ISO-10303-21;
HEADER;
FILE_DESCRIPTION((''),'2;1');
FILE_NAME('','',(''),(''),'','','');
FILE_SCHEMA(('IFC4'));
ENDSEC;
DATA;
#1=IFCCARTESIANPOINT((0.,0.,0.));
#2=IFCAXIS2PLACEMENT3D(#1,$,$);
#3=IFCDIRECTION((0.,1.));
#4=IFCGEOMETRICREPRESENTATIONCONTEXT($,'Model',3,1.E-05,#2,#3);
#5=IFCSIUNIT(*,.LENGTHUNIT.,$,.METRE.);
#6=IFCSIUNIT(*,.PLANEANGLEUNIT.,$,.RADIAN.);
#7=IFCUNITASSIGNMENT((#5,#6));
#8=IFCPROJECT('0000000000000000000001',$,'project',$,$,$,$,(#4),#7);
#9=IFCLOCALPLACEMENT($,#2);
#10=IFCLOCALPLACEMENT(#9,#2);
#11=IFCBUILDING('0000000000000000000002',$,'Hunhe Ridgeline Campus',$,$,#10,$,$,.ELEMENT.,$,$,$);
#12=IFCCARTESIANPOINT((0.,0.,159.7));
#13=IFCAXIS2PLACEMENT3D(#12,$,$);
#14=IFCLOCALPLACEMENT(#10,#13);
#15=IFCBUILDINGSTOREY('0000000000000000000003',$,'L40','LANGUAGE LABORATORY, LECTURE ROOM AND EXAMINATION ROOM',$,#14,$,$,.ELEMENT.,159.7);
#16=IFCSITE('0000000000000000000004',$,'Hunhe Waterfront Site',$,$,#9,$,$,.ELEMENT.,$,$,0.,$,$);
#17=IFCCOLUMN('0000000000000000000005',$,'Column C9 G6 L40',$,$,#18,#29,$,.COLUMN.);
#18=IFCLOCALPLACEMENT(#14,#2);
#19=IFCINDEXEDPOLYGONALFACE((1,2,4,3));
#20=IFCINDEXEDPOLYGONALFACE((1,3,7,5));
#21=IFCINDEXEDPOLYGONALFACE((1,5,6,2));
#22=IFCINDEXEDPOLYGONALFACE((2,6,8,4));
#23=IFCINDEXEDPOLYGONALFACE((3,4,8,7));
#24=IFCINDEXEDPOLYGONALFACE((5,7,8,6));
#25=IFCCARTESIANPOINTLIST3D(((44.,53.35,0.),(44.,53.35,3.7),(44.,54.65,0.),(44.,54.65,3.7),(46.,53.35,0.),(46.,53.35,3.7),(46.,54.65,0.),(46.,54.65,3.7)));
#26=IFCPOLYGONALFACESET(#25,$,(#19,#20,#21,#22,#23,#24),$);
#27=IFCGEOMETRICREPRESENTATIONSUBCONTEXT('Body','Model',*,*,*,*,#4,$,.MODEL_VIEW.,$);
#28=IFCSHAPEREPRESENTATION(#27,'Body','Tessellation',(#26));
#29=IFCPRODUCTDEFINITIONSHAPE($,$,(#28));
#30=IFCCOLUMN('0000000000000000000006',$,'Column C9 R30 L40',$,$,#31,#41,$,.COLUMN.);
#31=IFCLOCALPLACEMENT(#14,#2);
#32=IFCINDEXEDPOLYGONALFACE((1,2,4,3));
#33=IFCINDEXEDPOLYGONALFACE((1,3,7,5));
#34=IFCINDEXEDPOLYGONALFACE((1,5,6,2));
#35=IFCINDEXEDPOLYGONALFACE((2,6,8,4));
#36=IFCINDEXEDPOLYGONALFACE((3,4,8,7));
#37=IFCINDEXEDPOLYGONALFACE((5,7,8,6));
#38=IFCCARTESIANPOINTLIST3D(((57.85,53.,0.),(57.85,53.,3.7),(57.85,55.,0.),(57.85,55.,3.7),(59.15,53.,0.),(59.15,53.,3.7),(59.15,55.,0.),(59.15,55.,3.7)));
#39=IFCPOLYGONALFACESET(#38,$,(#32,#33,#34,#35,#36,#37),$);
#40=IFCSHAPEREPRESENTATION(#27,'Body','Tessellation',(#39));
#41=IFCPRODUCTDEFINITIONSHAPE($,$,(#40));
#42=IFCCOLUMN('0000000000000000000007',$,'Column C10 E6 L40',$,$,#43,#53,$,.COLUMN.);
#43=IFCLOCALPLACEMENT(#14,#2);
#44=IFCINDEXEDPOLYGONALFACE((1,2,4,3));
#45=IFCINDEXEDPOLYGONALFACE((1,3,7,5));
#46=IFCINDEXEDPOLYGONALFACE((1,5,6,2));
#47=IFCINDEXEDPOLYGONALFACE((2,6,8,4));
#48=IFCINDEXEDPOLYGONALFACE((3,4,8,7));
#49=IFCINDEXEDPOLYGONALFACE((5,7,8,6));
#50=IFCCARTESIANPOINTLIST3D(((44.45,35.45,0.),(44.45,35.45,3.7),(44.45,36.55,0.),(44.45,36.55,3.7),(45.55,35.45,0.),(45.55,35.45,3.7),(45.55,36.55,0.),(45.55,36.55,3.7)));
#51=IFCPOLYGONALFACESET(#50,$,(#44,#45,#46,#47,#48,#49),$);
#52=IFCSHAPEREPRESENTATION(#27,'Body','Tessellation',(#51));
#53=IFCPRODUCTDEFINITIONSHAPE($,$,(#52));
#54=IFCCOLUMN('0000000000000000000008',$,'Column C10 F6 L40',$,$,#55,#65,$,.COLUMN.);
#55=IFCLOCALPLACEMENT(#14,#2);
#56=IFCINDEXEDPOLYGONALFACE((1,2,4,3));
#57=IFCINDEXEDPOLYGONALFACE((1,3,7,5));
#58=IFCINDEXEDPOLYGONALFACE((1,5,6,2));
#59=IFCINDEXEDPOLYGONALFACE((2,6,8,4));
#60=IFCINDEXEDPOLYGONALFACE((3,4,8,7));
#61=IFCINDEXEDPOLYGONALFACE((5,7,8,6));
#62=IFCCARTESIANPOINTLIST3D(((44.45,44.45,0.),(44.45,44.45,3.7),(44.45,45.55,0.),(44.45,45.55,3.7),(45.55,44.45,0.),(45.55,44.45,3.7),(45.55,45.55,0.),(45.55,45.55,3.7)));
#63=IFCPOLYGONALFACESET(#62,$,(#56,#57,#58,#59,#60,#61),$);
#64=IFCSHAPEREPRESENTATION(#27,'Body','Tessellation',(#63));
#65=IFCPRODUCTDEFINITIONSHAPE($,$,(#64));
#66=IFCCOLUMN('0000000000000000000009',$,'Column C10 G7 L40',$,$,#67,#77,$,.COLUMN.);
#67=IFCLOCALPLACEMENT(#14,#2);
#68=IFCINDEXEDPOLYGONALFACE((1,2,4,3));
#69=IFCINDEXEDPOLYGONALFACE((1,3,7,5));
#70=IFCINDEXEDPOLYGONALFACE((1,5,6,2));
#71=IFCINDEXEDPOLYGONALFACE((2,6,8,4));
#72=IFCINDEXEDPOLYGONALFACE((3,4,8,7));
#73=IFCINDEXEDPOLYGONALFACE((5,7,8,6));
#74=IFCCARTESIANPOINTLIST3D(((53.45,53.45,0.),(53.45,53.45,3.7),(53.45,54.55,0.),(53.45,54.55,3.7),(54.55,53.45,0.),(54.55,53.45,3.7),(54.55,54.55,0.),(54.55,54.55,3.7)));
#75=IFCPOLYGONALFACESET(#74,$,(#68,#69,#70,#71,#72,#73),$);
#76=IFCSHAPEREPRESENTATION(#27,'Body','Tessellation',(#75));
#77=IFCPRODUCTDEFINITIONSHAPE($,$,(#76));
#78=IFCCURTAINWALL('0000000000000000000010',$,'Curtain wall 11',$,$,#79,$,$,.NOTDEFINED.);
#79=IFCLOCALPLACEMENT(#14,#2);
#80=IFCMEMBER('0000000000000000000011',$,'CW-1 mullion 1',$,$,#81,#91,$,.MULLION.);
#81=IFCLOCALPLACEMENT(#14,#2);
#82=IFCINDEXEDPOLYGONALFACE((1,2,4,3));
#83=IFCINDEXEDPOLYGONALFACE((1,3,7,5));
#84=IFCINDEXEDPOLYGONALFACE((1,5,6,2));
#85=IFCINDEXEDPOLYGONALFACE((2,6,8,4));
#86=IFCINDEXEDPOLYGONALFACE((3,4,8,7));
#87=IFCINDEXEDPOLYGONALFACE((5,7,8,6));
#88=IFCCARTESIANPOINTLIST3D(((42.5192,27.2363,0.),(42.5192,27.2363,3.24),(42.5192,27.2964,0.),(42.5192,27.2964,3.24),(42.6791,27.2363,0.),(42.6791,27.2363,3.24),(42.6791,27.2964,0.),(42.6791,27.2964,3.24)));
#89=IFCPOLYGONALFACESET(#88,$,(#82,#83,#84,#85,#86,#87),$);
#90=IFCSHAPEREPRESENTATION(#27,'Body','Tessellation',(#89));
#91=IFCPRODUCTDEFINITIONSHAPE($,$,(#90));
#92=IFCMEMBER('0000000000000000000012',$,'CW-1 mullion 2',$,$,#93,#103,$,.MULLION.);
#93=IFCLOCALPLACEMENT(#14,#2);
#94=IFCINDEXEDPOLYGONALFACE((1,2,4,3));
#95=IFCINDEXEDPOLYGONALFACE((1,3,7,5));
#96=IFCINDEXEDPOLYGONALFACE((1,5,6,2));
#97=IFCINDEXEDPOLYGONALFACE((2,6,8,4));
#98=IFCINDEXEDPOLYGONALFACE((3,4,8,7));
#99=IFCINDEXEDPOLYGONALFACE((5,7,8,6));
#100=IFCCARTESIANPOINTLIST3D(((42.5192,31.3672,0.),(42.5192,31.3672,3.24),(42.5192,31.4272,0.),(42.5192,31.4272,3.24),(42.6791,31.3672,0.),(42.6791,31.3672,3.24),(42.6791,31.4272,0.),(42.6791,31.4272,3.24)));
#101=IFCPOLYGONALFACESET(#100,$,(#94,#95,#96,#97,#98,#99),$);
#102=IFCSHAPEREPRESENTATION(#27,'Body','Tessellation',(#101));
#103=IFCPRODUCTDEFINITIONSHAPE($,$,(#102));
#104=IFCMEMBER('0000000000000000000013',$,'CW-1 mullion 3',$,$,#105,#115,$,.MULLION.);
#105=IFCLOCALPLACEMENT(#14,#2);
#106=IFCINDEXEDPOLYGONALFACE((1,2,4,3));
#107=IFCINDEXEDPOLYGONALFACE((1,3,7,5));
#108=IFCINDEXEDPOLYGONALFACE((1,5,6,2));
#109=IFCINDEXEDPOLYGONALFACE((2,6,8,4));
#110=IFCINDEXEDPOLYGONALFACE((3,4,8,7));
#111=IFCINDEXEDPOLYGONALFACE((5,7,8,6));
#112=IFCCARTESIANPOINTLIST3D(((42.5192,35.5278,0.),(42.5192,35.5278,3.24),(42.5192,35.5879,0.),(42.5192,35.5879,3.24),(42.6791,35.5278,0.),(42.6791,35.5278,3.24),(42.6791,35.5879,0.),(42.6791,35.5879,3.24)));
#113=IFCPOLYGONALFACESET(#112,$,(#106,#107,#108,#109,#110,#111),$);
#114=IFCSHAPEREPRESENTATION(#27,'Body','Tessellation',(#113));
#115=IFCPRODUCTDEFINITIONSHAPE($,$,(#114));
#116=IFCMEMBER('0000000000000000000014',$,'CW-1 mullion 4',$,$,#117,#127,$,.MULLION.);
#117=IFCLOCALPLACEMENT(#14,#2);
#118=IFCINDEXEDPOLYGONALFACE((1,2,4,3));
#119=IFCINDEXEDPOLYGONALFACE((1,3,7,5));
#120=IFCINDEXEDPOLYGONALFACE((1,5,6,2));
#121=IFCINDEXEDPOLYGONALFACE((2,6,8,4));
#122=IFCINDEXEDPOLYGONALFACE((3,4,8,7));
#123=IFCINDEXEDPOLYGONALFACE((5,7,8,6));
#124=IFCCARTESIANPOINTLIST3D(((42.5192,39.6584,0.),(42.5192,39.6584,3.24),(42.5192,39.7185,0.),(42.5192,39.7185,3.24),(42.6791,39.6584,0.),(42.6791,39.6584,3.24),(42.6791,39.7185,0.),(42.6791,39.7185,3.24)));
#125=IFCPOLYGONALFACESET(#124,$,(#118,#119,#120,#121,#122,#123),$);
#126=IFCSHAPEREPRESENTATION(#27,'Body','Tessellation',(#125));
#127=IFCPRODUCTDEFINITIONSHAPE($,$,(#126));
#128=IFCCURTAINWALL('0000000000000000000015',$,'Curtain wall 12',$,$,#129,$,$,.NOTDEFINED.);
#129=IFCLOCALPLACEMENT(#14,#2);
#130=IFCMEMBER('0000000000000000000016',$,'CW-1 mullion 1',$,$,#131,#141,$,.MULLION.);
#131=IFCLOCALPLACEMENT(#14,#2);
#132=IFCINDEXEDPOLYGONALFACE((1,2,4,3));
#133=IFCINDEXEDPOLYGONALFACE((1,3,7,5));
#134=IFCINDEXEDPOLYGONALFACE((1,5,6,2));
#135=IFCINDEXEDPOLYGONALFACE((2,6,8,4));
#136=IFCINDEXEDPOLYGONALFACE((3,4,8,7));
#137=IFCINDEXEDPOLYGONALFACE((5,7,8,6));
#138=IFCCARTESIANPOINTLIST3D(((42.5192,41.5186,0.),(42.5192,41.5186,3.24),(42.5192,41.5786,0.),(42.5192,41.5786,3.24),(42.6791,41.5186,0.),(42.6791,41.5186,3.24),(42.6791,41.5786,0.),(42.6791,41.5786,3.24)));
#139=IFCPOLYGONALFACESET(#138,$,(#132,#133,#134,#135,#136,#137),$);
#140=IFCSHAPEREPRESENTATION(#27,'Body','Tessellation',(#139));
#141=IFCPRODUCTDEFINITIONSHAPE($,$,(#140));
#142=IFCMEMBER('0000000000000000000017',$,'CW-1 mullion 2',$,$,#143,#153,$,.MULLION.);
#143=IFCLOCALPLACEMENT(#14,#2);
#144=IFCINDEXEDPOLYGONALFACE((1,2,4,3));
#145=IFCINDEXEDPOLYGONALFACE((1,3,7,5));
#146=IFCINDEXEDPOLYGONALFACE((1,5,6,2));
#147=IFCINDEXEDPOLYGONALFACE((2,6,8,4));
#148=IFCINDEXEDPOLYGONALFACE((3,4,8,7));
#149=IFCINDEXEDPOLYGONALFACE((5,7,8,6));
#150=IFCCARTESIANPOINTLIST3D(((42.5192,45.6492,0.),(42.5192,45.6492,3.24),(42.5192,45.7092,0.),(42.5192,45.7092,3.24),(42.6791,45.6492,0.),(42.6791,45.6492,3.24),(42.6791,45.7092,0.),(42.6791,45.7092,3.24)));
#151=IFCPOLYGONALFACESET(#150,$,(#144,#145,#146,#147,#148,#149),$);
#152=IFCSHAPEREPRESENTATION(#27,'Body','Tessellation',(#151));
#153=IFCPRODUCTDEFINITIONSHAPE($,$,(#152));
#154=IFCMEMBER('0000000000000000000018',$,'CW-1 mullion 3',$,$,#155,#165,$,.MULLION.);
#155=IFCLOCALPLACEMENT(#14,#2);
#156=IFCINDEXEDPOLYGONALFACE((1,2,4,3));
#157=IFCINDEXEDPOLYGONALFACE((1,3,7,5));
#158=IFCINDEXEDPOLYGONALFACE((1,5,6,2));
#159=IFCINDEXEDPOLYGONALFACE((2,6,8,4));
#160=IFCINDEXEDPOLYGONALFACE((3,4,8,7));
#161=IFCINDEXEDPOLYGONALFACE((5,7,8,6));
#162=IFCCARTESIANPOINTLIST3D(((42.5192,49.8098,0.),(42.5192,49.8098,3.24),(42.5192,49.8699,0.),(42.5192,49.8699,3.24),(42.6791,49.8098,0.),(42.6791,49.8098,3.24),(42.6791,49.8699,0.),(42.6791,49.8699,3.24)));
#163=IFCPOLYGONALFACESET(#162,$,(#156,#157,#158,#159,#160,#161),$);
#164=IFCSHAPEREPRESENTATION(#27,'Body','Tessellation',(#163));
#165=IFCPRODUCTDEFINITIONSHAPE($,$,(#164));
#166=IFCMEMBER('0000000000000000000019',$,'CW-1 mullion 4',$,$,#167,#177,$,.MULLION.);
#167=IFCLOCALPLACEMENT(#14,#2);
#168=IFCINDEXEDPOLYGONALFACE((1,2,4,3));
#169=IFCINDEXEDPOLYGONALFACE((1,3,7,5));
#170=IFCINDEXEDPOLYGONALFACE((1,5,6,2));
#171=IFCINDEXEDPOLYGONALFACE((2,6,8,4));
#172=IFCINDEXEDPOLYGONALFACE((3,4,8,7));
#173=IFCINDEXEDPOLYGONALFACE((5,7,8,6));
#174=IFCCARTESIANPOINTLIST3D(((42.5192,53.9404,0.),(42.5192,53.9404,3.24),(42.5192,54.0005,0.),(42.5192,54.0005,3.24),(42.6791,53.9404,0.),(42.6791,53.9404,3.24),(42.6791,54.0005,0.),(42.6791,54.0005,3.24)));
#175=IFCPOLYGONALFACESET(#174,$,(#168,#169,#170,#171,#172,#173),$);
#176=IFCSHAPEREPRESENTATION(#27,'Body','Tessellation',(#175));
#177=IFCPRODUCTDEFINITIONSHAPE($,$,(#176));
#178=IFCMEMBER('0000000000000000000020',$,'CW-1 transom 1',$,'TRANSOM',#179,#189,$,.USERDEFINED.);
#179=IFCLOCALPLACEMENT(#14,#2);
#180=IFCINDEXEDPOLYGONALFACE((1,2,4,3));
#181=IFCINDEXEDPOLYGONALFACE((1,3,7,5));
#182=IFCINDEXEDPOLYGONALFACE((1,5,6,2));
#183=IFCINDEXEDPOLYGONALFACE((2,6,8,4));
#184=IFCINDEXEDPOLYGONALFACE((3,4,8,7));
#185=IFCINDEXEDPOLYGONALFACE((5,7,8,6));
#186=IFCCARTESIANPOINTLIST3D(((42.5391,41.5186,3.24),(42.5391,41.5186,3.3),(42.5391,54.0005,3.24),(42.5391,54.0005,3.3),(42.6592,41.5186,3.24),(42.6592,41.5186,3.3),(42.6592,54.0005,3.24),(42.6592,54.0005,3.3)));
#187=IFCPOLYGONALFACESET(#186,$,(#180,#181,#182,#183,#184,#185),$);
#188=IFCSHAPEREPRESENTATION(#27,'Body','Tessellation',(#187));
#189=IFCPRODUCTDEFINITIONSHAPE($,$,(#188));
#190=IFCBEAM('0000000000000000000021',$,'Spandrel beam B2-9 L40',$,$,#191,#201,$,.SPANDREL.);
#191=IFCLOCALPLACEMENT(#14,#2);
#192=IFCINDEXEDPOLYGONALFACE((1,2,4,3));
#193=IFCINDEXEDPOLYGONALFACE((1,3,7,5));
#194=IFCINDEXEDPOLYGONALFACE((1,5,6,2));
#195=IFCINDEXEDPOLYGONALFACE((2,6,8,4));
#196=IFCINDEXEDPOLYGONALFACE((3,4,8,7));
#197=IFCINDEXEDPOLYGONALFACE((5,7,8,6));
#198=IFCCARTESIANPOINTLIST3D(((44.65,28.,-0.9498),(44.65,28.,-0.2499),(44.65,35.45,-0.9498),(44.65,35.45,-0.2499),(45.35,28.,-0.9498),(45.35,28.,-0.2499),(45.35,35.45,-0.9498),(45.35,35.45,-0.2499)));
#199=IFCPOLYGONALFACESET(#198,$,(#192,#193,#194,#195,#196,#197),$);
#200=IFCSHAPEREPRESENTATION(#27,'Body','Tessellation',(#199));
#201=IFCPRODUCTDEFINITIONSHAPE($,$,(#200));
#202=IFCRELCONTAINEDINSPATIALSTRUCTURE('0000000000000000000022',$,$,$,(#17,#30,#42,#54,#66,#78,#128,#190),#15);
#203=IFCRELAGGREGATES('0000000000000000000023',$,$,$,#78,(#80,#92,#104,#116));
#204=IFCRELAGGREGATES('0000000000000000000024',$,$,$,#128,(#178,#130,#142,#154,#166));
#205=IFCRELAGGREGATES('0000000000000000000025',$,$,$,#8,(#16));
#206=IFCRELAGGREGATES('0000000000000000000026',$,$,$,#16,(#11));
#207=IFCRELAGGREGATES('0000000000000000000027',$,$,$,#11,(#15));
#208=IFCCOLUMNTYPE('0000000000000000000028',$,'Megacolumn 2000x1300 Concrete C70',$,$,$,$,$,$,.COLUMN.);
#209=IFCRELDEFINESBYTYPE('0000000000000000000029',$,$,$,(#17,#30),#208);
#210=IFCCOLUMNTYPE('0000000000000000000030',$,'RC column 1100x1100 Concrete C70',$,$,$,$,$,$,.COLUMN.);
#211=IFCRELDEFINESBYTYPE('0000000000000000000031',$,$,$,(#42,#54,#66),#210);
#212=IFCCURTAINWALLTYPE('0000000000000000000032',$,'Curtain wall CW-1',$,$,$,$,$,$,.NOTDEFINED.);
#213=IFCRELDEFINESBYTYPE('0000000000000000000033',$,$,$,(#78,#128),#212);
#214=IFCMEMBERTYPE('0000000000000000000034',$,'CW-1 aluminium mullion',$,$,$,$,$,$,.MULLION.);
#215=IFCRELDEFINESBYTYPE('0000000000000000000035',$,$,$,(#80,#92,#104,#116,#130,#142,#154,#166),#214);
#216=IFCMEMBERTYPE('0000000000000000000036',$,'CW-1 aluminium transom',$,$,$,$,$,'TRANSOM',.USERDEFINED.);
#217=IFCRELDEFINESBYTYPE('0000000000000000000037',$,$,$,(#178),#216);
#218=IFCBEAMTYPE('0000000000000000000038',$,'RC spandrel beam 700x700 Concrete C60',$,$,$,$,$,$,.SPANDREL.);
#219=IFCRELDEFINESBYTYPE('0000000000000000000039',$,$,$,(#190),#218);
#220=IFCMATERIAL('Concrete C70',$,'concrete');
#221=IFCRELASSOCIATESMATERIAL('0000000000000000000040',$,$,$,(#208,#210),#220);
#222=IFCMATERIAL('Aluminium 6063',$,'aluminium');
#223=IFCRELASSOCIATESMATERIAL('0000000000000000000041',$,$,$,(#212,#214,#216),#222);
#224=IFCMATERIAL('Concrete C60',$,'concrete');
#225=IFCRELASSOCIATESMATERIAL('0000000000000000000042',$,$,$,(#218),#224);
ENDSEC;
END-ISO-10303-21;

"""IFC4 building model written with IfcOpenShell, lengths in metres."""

from ifc_helpers import new_model, si_unit, direction, frame, origin, origin_2d, place, context, subcontext, project, spatial, rectangle, extrude, material, material_profile, profile_set, type_object, element, aggregate, save


model = new_model("IFC4")

# Units and contexts
model_context = context("Model", 3, precision=1e-05, world=origin(), true_north=direction((0.0, 1.0)))
body_context = subcontext(model_context, "Body", "Model", "MODEL_VIEW")
ifc_project = project(units=[si_unit("LENGTHUNIT", "METRE"), si_unit("PLANEANGLEUNIT", "RADIAN")], contexts=[model_context])

# Site, building, storey
site_placement = place(None, origin())
site = spatial("IfcSite", under=ifc_project, at=site_placement, Name="Hunhe Waterfront Site", CompositionType="ELEMENT", RefElevation=0.0)
building_placement = place(site_placement, origin())
building = spatial("IfcBuilding", under=site, at=building_placement, Name="Hunhe Ridgeline Campus", CompositionType="ELEMENT")
storey_placement = place(building_placement, frame((0.0, 0.0, 159.7)))
storey = spatial("IfcBuildingStorey", under=building, at=storey_placement, Name="L40", Description="LANGUAGE LABORATORY, LECTURE ROOM AND EXAMINATION ROOM", CompositionType="ELEMENT", Elevation=159.7)

# Columns
ifc_material_1 = material(Name="Concrete C70", Category="concrete")
ifc_material_profile_1 = material_profile(ifc_material_1, rectangle(XDim=2.0, YDim=1.3, at=origin_2d()))
ifc_profile_set_1 = profile_set([ifc_material_profile_1], Name="Concrete C70")
column_type_1 = type_object("IfcColumnType", Name="Megacolumn 2000x1300 Concrete C70", PredefinedType="COLUMN", material=ifc_profile_set_1)
for number, where, z_axis, x_axis, name in (
    (1, (45.0, 54.0, 0.0), (0.0, 0.0, 1.0), (1.0, 0.0, 0.0), "Column C9 G6 L40"),
    (2, (58.5, 54.0, 0.0), (0.0, 0.0, 1.0), (0.0, 1.0, 0.0), "Column C9 R30 L40"),
):
    element("IfcColumn", number, at=place(storey_placement, frame(where, z_axis=z_axis, x_axis=x_axis)), inside=storey, type_object=column_type_1, Name=name, PredefinedType="COLUMN", context=body_context, shape_type="SweptSolid", body=[
        extrude(rectangle(XDim=2.0, YDim=1.3, at=origin_2d()), origin(), (0.0, 0.0, 1.0), 3.7),
    ])
ifc_material_profile_2 = material_profile(ifc_material_1, rectangle(XDim=1.1001, YDim=1.1001, at=origin_2d()))
ifc_profile_set_2 = profile_set([ifc_material_profile_2], Name="Concrete C70")
column_type_2 = type_object("IfcColumnType", Name="RC column 1100x1100 Concrete C70", PredefinedType="COLUMN", material=ifc_profile_set_2)
for number, where, z_axis, x_axis, name in (
    (3, (45.0, 36.0, 0.0), (0.0, 0.0, 1.0), (1.0, 0.0, 0.0), "Column C10 E6 L40"),
    (4, (45.0, 45.0, 0.0), (0.0, 0.0, 1.0), (1.0, 0.0, 0.0), "Column C10 F6 L40"),
    (5, (54.0, 54.0, 0.0), (0.0, 0.0, 1.0), (1.0, 0.0, 0.0), "Column C10 G7 L40"),
):
    element("IfcColumn", number, at=place(storey_placement, frame(where, z_axis=z_axis, x_axis=x_axis)), inside=storey, type_object=column_type_2, Name=name, PredefinedType="COLUMN", context=body_context, shape_type="SweptSolid", body=[
        extrude(rectangle(XDim=1.1001, YDim=1.1001, at=origin_2d()), origin(), (0.0, 0.0, 1.0), 3.7),
    ])

# Curtain walls, members
ifc_material_2 = material(Name="Aluminium 6063", Category="aluminium")
curtain_wall_type = type_object("IfcCurtainWallType", Name="Curtain wall CW-1", PredefinedType="NOTDEFINED", material=ifc_material_2)
curtain_wall_1_placement = place(storey_placement, origin())
curtain_wall_1 = element("IfcCurtainWall", 6, at=curtain_wall_1_placement, inside=storey, type_object=curtain_wall_type, Name="Curtain wall 11", PredefinedType="NOTDEFINED")
ifc_material_profile_3 = material_profile(ifc_material_2, rectangle(XDim=0.1599, YDim=0.0601, at=origin_2d()))
ifc_profile_set_3 = profile_set([ifc_material_profile_3], Name="Aluminium 6063")
member_type_1 = type_object("IfcMemberType", Name="CW-1 aluminium mullion", PredefinedType="MULLION", material=ifc_profile_set_3)
member_1_placement = place(storey_placement, frame((42.5991, 27.2664, 0.0), z_axis=(0.0, 0.0, 1.0), x_axis=(-1.0, 0.000004, 0.0)))
member_1 = element("IfcMember", 7, at=member_1_placement, type_object=member_type_1, Name="CW-1 mullion 1", PredefinedType="MULLION", context=body_context, shape_type="SweptSolid", body=[
    extrude(rectangle(XDim=0.1599, YDim=0.0601, at=origin_2d()), origin(), (0.0, 0.0, 1.0), 3.24),
])
member_2_placement = place(storey_placement, frame((42.5991, 31.3972, 0.0), z_axis=(0.0, 0.0, 1.0), x_axis=(-1.0, 0.000004, 0.0)))
member_2 = element("IfcMember", 8, at=member_2_placement, type_object=member_type_1, Name="CW-1 mullion 2", PredefinedType="MULLION", context=body_context, shape_type="SweptSolid", body=[
    extrude(rectangle(XDim=0.1599, YDim=0.0601, at=origin_2d()), origin(), (0.0, 0.0, 1.0), 3.24),
])
member_3_placement = place(storey_placement, frame((42.5991, 35.5579, 0.0), z_axis=(0.0, 0.0, 1.0), x_axis=(-1.0, 0.000004, 0.0)))
member_3 = element("IfcMember", 9, at=member_3_placement, type_object=member_type_1, Name="CW-1 mullion 3", PredefinedType="MULLION", context=body_context, shape_type="SweptSolid", body=[
    extrude(rectangle(XDim=0.1599, YDim=0.0601, at=origin_2d()), origin(), (0.0, 0.0, 1.0), 3.24),
])
member_4_placement = place(storey_placement, frame((42.5991, 39.6885, 0.0), z_axis=(0.0, 0.0, 1.0), x_axis=(-1.0, 0.000004, 0.0)))
member_4 = element("IfcMember", 10, at=member_4_placement, type_object=member_type_1, Name="CW-1 mullion 4", PredefinedType="MULLION", context=body_context, shape_type="SweptSolid", body=[
    extrude(rectangle(XDim=0.1599, YDim=0.0601, at=origin_2d()), origin(), (0.0, 0.0, 1.0), 3.24),
])
curtain_wall_2_placement = place(storey_placement, origin())
curtain_wall_2 = element("IfcCurtainWall", 11, at=curtain_wall_2_placement, inside=storey, type_object=curtain_wall_type, Name="Curtain wall 12", PredefinedType="NOTDEFINED")
member_5_placement = place(storey_placement, frame((42.5991, 41.5486, 0.0), z_axis=(0.0, 0.0, 1.0), x_axis=(-1.0, 0.000004, 0.0)))
member_5 = element("IfcMember", 12, at=member_5_placement, type_object=member_type_1, Name="CW-1 mullion 1", PredefinedType="MULLION", context=body_context, shape_type="SweptSolid", body=[
    extrude(rectangle(XDim=0.1599, YDim=0.0601, at=origin_2d()), origin(), (0.0, 0.0, 1.0), 3.24),
])
member_6_placement = place(storey_placement, frame((42.5991, 45.6792, 0.0), z_axis=(0.0, 0.0, 1.0), x_axis=(-1.0, 0.000004, 0.0)))
member_6 = element("IfcMember", 13, at=member_6_placement, type_object=member_type_1, Name="CW-1 mullion 2", PredefinedType="MULLION", context=body_context, shape_type="SweptSolid", body=[
    extrude(rectangle(XDim=0.1599, YDim=0.0601, at=origin_2d()), origin(), (0.0, 0.0, 1.0), 3.24),
])
member_7_placement = place(storey_placement, frame((42.5991, 49.8398, 0.0), z_axis=(0.0, 0.0, 1.0), x_axis=(-1.0, 0.000004, 0.0)))
member_7 = element("IfcMember", 14, at=member_7_placement, type_object=member_type_1, Name="CW-1 mullion 3", PredefinedType="MULLION", context=body_context, shape_type="SweptSolid", body=[
    extrude(rectangle(XDim=0.1599, YDim=0.0601, at=origin_2d()), origin(), (0.0, 0.0, 1.0), 3.24),
])
member_8_placement = place(storey_placement, frame((42.5991, 53.9705, 0.0), z_axis=(0.0, 0.0, 1.0), x_axis=(-1.0, 0.000004, 0.0)))
member_8 = element("IfcMember", 15, at=member_8_placement, type_object=member_type_1, Name="CW-1 mullion 4", PredefinedType="MULLION", context=body_context, shape_type="SweptSolid", body=[
    extrude(rectangle(XDim=0.1599, YDim=0.0601, at=origin_2d()), origin(), (0.0, 0.0, 1.0), 3.24),
])
ifc_material_profile_4 = material_profile(ifc_material_2, rectangle(XDim=0.1201, YDim=0.0601, at=origin_2d()))
ifc_profile_set_4 = profile_set([ifc_material_profile_4], Name="Aluminium 6063")
member_type_2 = type_object("IfcMemberType", Name="CW-1 aluminium transom", ElementType="TRANSOM", PredefinedType="USERDEFINED", material=ifc_profile_set_4)
member_9_placement = place(storey_placement, frame((42.5991, 41.5186, 3.27), z_axis=(0.0, 1.0, 0.0), x_axis=(-1.0, 0.0, 0.0)))
member_9 = element("IfcMember", 16, at=member_9_placement, type_object=member_type_2, Name="CW-1 transom 1", ObjectType="TRANSOM", PredefinedType="USERDEFINED", context=body_context, shape_type="SweptSolid", body=[
    extrude(rectangle(XDim=0.1201, YDim=0.0601, at=origin_2d()), origin(), (0.0, 0.0, 1.0), 12.4819),
])

# Beam
ifc_material_3 = material(Name="Concrete C60", Category="concrete")
ifc_material_profile_5 = material_profile(ifc_material_3, rectangle(XDim=0.7, YDim=0.7, at=origin_2d()))
ifc_profile_set_5 = profile_set([ifc_material_profile_5], Name="Concrete C60")
beam_type = type_object("IfcBeamType", Name="RC spandrel beam 700x700 Concrete C60", PredefinedType="SPANDREL", material=ifc_profile_set_5)
beam_1_placement = place(storey_placement, frame((45.0, 28.0, -0.5999), z_axis=(0.0, 1.0, 0.0), x_axis=(-1.0, 0.0, 0.0)))
element("IfcBeam", 17, at=beam_1_placement, inside=storey, type_object=beam_type, Name="Spandrel beam B2-9 L40", PredefinedType="SPANDREL", context=body_context, shape_type="SweptSolid", body=[
    extrude(rectangle(XDim=0.7, YDim=0.7, at=origin_2d()), origin(), (0.0, 0.0, 1.0), 7.45),
])

aggregate(curtain_wall_1, [member_1, member_2, member_3, member_4])
aggregate(curtain_wall_2, [member_9, member_5, member_6, member_7, member_8])

save(model, "model.ifc")
